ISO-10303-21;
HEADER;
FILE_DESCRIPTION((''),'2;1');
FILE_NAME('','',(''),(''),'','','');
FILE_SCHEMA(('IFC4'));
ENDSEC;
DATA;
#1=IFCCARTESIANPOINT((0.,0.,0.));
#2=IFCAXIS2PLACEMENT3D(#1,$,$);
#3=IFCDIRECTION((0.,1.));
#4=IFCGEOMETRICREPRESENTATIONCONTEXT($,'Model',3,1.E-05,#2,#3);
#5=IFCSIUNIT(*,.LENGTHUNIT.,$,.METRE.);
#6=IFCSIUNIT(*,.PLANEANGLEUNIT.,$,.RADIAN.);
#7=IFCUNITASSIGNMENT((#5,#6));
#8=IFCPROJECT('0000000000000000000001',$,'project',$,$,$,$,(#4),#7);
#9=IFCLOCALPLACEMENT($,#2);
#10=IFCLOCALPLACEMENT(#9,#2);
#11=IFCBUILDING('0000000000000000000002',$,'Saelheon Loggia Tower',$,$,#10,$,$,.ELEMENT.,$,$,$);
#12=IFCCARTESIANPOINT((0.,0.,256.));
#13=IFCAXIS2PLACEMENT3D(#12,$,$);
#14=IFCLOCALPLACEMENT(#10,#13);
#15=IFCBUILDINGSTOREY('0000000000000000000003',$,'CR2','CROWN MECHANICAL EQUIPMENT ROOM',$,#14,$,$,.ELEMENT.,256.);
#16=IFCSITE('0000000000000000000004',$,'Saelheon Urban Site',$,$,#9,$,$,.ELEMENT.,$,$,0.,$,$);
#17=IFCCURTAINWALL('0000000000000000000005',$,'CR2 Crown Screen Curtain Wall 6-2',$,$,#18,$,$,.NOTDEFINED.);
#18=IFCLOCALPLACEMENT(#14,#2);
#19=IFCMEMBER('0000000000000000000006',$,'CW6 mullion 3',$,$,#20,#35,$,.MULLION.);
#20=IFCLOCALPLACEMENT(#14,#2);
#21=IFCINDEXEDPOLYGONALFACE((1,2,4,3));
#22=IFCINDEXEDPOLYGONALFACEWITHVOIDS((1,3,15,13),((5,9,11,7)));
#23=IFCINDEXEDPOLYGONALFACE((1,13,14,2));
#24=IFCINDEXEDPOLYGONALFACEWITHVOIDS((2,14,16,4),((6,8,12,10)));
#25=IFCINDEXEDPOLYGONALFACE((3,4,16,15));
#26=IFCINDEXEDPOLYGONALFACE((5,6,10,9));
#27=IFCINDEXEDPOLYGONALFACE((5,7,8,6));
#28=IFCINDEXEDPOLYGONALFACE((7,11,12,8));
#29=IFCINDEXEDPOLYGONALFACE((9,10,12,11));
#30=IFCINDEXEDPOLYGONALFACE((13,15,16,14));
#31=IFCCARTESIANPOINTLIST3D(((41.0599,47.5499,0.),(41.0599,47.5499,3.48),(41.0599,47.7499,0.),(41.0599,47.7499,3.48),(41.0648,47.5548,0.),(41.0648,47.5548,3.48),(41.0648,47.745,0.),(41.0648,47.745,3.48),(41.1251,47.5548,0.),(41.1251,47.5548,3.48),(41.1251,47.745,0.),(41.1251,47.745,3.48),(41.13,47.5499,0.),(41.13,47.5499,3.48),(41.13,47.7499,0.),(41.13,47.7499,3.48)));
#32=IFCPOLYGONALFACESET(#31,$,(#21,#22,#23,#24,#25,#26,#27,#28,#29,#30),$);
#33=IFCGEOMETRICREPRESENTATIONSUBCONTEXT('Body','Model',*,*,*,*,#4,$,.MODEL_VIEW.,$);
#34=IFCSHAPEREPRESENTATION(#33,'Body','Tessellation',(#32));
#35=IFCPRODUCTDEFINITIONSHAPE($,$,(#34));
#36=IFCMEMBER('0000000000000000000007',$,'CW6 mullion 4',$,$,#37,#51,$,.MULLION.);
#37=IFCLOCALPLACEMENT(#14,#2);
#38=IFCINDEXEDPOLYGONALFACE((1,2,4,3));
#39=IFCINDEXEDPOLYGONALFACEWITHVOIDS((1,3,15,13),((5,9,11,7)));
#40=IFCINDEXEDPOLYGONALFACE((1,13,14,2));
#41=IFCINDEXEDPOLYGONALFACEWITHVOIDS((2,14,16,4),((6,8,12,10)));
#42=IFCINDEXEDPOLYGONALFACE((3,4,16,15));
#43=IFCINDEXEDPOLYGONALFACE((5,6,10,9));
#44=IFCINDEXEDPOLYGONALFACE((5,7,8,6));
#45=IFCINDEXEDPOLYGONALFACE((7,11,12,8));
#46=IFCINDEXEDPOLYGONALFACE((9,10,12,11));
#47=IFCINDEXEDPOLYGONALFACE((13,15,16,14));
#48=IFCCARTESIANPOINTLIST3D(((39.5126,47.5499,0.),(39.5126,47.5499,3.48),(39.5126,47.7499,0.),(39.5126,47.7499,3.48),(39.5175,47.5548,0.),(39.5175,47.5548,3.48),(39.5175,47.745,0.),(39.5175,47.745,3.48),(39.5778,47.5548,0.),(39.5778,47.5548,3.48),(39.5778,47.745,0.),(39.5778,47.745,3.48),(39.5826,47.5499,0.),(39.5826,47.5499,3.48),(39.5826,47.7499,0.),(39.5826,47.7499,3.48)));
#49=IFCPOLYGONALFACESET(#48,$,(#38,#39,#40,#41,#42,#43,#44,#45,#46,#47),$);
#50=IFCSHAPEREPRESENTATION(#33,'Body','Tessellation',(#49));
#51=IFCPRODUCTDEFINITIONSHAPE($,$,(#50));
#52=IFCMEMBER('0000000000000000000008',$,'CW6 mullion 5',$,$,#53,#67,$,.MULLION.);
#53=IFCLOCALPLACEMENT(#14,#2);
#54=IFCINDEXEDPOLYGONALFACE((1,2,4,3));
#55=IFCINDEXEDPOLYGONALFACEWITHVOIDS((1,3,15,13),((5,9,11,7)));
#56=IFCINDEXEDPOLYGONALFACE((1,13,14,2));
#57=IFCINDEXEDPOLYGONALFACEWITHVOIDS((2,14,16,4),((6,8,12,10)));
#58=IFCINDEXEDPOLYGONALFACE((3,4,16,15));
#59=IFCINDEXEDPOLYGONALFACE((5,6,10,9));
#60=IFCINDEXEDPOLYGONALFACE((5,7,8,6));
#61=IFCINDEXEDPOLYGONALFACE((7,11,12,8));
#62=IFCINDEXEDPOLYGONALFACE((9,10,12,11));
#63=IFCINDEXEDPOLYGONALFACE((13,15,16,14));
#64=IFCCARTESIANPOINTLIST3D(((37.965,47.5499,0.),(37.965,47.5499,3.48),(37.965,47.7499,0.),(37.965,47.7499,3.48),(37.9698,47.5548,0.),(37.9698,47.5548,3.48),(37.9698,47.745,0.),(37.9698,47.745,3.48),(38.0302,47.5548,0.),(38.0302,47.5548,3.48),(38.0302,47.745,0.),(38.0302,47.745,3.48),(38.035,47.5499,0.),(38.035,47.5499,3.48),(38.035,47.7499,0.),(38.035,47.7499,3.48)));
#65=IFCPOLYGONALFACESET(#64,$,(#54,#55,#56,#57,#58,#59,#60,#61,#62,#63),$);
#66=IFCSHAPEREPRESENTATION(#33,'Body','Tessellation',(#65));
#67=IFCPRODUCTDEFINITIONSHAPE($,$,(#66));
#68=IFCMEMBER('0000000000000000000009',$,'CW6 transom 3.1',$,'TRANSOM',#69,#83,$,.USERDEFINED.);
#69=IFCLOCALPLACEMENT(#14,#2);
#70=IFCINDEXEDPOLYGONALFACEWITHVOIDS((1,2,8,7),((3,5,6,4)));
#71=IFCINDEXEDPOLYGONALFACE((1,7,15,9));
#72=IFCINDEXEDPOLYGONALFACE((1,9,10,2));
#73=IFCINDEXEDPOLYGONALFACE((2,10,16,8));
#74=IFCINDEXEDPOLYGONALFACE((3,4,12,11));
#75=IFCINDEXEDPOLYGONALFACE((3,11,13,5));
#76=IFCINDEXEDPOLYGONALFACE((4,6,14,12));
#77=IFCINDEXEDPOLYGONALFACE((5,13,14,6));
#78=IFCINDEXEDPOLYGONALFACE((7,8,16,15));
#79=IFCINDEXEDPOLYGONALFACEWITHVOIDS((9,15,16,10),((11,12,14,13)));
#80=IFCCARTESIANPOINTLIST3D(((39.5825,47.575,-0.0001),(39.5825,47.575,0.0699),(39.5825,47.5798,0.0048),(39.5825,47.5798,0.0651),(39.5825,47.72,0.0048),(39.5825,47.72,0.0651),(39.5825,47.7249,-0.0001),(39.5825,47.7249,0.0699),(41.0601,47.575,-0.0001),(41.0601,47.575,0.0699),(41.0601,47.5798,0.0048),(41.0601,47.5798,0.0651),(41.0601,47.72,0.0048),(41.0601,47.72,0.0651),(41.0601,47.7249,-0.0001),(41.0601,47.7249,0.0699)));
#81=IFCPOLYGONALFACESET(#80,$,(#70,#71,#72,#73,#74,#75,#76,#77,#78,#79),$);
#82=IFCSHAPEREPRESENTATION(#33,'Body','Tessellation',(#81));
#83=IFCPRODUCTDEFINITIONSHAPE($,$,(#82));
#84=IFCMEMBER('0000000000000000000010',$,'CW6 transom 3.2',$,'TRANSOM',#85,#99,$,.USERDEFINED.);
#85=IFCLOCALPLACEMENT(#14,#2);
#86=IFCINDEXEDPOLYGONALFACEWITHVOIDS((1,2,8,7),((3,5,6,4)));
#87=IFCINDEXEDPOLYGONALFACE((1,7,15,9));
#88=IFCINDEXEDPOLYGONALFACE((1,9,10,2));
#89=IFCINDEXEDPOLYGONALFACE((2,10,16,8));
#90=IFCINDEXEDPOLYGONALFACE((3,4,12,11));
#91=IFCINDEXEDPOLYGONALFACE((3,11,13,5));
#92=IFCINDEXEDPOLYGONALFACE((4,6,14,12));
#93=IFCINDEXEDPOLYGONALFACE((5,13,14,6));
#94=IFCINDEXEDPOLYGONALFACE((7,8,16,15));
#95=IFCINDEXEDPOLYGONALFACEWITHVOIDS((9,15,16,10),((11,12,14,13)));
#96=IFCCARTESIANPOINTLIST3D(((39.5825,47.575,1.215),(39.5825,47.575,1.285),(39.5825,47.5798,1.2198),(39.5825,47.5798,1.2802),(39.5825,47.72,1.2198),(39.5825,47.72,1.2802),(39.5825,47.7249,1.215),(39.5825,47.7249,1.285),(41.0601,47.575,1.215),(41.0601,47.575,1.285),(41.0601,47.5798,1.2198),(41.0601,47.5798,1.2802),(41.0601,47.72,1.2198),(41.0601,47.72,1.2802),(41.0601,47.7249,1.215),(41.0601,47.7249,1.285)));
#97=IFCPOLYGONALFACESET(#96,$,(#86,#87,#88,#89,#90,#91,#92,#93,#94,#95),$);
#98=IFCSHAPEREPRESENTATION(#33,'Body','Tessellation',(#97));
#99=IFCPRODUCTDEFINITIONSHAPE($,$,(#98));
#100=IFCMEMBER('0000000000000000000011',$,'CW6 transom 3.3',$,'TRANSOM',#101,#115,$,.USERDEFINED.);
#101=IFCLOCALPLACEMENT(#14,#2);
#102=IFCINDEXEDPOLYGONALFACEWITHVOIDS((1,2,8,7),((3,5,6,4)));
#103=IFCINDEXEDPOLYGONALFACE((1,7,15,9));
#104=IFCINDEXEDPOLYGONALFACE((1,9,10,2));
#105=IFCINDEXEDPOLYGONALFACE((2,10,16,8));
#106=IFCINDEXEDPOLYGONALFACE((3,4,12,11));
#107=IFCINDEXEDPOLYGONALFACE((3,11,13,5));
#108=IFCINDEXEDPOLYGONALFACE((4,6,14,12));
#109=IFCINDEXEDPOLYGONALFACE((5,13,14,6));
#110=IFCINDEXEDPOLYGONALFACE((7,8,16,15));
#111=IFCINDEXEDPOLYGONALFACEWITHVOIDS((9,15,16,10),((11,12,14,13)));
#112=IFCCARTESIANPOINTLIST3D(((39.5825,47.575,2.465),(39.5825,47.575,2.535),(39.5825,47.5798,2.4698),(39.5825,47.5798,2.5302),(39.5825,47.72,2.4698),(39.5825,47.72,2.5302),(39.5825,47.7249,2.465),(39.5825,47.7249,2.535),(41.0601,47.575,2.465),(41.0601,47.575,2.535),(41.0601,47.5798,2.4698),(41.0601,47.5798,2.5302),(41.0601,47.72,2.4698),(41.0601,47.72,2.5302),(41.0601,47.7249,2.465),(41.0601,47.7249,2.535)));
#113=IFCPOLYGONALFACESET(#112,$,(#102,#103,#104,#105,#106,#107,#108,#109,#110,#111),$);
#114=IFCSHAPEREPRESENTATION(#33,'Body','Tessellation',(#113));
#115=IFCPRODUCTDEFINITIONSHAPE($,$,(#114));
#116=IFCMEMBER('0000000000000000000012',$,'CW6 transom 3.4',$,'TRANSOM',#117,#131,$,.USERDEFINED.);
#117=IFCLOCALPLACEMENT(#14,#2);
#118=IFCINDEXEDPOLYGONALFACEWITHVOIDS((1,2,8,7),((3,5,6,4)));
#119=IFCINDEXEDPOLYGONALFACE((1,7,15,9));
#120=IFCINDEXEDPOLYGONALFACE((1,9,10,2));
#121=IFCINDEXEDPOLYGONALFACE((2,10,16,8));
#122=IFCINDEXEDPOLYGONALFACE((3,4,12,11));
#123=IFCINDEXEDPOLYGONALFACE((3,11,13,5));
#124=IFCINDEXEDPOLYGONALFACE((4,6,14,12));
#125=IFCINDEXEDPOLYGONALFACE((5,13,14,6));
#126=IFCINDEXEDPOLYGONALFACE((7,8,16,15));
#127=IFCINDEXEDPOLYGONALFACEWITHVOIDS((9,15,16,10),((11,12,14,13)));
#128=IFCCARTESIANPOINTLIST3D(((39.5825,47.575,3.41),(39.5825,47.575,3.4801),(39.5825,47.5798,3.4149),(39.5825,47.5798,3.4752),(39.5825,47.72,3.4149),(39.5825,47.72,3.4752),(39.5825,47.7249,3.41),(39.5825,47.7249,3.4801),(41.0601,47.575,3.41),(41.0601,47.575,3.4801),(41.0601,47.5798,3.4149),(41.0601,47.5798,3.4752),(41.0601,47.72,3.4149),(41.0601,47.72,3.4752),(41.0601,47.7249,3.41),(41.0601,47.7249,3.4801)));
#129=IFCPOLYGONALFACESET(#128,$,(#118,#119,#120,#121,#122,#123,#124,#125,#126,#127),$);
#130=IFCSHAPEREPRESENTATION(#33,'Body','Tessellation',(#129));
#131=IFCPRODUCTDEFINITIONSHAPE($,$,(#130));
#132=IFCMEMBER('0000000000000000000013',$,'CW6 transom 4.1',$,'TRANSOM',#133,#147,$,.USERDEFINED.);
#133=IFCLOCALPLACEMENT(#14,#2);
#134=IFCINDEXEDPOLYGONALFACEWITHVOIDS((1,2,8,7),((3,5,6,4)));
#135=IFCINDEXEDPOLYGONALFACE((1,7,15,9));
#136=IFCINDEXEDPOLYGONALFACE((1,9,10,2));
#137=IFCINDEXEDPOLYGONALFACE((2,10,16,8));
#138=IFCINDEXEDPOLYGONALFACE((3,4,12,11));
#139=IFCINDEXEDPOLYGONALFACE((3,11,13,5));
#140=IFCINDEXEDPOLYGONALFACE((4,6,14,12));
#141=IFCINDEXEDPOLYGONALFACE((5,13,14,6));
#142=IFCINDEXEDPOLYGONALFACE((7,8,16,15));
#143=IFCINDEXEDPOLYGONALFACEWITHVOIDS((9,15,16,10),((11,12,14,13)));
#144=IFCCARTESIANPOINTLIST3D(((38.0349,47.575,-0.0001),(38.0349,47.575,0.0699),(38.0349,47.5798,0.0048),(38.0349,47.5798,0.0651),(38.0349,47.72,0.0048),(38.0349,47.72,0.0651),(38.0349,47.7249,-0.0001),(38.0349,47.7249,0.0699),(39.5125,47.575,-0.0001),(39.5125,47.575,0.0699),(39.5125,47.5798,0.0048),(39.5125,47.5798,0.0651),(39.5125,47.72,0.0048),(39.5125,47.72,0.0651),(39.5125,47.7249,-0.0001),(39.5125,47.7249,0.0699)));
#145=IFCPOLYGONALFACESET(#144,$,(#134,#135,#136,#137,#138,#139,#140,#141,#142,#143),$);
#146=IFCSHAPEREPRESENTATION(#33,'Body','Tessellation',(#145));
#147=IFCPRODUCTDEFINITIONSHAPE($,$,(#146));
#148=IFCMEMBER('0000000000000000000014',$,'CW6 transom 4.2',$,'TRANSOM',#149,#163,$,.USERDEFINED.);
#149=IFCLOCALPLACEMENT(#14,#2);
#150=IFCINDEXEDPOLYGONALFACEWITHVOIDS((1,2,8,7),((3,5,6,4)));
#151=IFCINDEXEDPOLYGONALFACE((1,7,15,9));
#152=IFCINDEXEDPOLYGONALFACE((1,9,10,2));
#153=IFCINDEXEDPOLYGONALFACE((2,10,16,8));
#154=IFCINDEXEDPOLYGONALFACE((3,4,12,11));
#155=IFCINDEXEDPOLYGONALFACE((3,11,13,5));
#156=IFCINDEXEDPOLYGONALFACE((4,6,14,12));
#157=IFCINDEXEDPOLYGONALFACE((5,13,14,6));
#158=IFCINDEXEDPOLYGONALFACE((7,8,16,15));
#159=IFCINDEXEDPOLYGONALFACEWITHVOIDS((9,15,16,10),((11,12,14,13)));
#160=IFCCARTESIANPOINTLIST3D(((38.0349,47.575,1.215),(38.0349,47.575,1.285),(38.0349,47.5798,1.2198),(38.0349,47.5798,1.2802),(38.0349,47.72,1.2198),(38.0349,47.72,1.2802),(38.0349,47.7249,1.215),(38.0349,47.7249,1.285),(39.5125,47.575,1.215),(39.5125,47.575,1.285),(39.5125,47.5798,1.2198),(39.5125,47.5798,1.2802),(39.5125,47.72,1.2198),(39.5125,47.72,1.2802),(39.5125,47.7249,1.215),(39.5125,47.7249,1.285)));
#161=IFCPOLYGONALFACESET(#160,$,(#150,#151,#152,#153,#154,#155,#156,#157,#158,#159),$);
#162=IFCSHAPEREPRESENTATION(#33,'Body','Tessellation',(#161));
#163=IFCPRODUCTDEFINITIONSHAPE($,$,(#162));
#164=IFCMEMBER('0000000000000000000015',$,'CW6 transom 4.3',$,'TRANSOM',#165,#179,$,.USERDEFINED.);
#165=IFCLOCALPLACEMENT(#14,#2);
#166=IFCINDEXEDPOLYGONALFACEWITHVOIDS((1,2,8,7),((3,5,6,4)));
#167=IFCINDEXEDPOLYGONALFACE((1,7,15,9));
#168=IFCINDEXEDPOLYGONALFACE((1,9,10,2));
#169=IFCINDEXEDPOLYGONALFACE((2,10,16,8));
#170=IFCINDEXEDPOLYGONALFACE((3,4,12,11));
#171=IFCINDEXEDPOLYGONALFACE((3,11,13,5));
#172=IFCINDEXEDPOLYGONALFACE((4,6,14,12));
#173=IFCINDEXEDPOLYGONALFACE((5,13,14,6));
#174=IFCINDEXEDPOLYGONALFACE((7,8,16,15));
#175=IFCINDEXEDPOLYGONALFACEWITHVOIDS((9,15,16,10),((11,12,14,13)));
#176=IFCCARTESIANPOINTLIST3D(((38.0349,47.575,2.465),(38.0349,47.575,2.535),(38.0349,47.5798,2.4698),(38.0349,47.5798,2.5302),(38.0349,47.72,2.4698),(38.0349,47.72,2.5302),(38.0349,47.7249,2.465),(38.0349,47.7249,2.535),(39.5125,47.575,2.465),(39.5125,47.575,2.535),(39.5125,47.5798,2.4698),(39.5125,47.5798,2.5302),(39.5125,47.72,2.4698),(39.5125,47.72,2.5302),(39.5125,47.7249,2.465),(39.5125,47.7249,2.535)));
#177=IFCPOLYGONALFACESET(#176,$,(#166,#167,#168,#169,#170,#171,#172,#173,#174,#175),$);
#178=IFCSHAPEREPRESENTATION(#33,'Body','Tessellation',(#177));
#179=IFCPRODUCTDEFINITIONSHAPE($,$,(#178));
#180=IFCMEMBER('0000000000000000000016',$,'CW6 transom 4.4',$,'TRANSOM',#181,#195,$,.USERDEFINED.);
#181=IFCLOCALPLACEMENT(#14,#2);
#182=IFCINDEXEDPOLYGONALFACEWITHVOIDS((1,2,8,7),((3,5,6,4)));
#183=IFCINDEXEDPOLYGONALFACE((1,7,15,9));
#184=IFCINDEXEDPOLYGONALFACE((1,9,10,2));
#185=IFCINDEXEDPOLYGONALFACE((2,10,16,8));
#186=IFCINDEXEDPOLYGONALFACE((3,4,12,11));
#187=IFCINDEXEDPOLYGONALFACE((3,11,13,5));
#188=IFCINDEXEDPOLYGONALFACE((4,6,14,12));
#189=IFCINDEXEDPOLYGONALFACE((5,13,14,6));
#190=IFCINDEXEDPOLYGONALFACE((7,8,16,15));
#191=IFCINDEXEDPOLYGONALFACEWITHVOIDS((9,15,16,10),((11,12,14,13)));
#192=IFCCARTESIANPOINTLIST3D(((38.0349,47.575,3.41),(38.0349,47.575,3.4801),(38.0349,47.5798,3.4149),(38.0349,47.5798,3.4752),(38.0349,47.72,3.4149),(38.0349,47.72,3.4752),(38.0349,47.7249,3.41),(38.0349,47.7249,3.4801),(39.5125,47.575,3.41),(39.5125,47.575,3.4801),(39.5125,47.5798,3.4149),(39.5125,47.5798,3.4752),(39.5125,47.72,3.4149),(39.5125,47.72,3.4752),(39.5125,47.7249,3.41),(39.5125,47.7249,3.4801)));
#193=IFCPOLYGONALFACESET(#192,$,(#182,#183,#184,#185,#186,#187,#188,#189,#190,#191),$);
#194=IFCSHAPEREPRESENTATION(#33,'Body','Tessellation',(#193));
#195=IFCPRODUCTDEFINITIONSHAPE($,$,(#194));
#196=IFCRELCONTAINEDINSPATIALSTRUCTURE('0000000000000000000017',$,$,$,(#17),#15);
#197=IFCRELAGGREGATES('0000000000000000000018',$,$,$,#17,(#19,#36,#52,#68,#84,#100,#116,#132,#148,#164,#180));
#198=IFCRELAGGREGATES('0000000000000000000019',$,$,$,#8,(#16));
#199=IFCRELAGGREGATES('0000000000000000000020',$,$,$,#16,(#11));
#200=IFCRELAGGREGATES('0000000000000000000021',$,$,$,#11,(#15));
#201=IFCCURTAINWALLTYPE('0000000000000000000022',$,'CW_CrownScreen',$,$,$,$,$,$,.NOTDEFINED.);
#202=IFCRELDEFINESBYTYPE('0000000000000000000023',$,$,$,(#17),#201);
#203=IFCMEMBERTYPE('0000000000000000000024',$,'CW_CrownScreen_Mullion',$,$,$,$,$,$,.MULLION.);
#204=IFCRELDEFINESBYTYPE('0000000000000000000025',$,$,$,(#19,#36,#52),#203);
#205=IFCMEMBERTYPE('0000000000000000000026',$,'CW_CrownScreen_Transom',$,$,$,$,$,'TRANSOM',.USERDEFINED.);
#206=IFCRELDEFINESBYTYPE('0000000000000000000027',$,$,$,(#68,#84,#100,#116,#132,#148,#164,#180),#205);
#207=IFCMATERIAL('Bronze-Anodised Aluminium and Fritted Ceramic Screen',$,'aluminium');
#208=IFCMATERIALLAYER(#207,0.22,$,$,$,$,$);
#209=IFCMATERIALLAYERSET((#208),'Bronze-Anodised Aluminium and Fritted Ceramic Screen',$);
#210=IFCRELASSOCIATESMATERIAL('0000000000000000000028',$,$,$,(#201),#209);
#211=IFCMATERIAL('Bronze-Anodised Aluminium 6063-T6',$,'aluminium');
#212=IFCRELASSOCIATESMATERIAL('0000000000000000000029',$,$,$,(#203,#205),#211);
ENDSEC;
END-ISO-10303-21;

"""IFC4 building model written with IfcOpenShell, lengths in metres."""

from ifc_helpers import new_model, si_unit, direction, frame, origin, origin_2d, place, context, subcontext, project, spatial, hollow_rectangle, extrude, source, transform, mapped, material, layer, layer_set, material_profile, profile_set, type_object, element, aggregate, save


model = new_model("IFC4")

# Units and contexts
model_context = context("Model", 3, precision=1e-05, world=origin(), true_north=direction((0.0, 1.0)))
body_context = subcontext(model_context, "Body", "Model", "MODEL_VIEW")
ifc_project = project(units=[si_unit("LENGTHUNIT", "METRE"), si_unit("PLANEANGLEUNIT", "RADIAN")], contexts=[model_context])

# Site, building, storey
site_placement = place(None, origin())
site = spatial("IfcSite", under=ifc_project, at=site_placement, Name="Saelheon Urban Site", CompositionType="ELEMENT", RefElevation=0.0)
building_placement = place(site_placement, origin())
building = spatial("IfcBuilding", under=site, at=building_placement, Name="Saelheon Loggia Tower", CompositionType="ELEMENT")
storey_placement = place(building_placement, frame((0.0, 0.0, 256.0)))
storey = spatial("IfcBuildingStorey", under=building, at=storey_placement, Name="CR2", Description="CROWN MECHANICAL EQUIPMENT ROOM", CompositionType="ELEMENT", Elevation=256.0)

# Curtain wall, members
ifc_material_1 = material(Name="Bronze-Anodised Aluminium and Fritted Ceramic Screen", Category="aluminium")
ifc_layer_1 = layer(ifc_material_1, 0.22)
ifc_layer_set_1 = layer_set([ifc_layer_1], Name="Bronze-Anodised Aluminium and Fritted Ceramic Screen")
curtain_wall_type = type_object("IfcCurtainWallType", Name="CW_CrownScreen", PredefinedType="NOTDEFINED", material=ifc_layer_set_1)
curtain_wall_placement = place(storey_placement, origin())
curtain_wall = element("IfcCurtainWall", 1, at=curtain_wall_placement, inside=storey, type_object=curtain_wall_type, Name="CR2 Crown Screen Curtain Wall 6-2", PredefinedType="NOTDEFINED")
ifc_material_2 = material(Name="Bronze-Anodised Aluminium 6063-T6", Category="aluminium")
ifc_material_profile_1 = material_profile(ifc_material_2, hollow_rectangle(XDim=0.0701, YDim=0.2, WallThickness=0.0049, at=origin_2d()), Name="RHS-200x70x5")
ifc_profile_set_1 = profile_set([ifc_material_profile_1], Name="Bronze-Anodised Aluminium 6063-T6")
member_type_1 = type_object("IfcMemberType", Name="CW_CrownScreen_Mullion", PredefinedType="MULLION", material=ifc_profile_set_1)
shared_shape_1 = source(origin(), body_context, "Body", "SweptSolid", [
    extrude(hollow_rectangle(XDim=0.0701, YDim=0.2, WallThickness=0.0049, at=origin_2d()), origin(), (0.0, 0.0, 1.0), 3.48),
])
member_1_placement = place(storey_placement, frame((41.095, 47.6499, 0.0), z_axis=(0.0, 0.0, 1.0), x_axis=(-1.0, 0.0, 0.0)))
member_1 = element("IfcMember", 2, at=member_1_placement, type_object=member_type_1, Name="CW6 mullion 3", PredefinedType="MULLION", context=body_context, shape_type="MappedRepresentation", body=[
    mapped(shared_shape_1, transform((0.0, 0.0, 0.0), scale=1.0)),
])
member_2_placement = place(storey_placement, frame((39.5476, 47.6499, 0.0), z_axis=(0.0, 0.0, 1.0), x_axis=(-1.0, 0.0, 0.0)))
member_2 = element("IfcMember", 3, at=member_2_placement, type_object=member_type_1, Name="CW6 mullion 4", PredefinedType="MULLION", context=body_context, shape_type="MappedRepresentation", body=[
    mapped(shared_shape_1, transform((0.0, 0.0, 0.0), scale=1.0)),
])
member_3_placement = place(storey_placement, frame((38.0, 47.6499, 0.0), z_axis=(0.0, 0.0, 1.0), x_axis=(-1.0, 0.0, 0.0)))
member_3 = element("IfcMember", 4, at=member_3_placement, type_object=member_type_1, Name="CW6 mullion 5", PredefinedType="MULLION", context=body_context, shape_type="MappedRepresentation", body=[
    mapped(shared_shape_1, transform((0.0, 0.0, 0.0), scale=1.0)),
])
ifc_material_profile_2 = material_profile(ifc_material_2, hollow_rectangle(XDim=0.0701, YDim=0.1499, WallThickness=0.0049, at=origin_2d()), Name="RHS-150x70x5")
ifc_profile_set_2 = profile_set([ifc_material_profile_2], Name="Bronze-Anodised Aluminium 6063-T6")
member_type_2 = type_object("IfcMemberType", Name="CW_CrownScreen_Transom", ElementType="TRANSOM", PredefinedType="USERDEFINED", material=ifc_profile_set_2)
shared_shape_2 = source(origin(), body_context, "Body", "SweptSolid", [
    extrude(hollow_rectangle(XDim=0.0701, YDim=0.1499, WallThickness=0.0049, at=origin_2d()), origin(), (0.0, 0.0, 1.0), 1.4775),
])
member_4_placement = place(storey_placement, frame((41.0601, 47.6499, 0.0349), z_axis=(-1.0, 0.0, 0.0), x_axis=(0.0, 0.0, 1.0)))
member_4 = element("IfcMember", 5, at=member_4_placement, type_object=member_type_2, Name="CW6 transom 3.1", ObjectType="TRANSOM", PredefinedType="USERDEFINED", context=body_context, shape_type="MappedRepresentation", body=[
    mapped(shared_shape_2, transform((0.0, 0.0, 0.0), scale=1.0)),
])
member_5_placement = place(storey_placement, frame((41.0601, 47.6499, 1.25), z_axis=(-1.0, 0.0, 0.0), x_axis=(0.0, 0.0, 1.0)))
member_5 = element("IfcMember", 6, at=member_5_placement, type_object=member_type_2, Name="CW6 transom 3.2", ObjectType="TRANSOM", PredefinedType="USERDEFINED", context=body_context, shape_type="MappedRepresentation", body=[
    mapped(shared_shape_2, transform((0.0, 0.0, 0.0), scale=1.0)),
])
member_6_placement = place(storey_placement, frame((41.0601, 47.6499, 2.5), z_axis=(-1.0, 0.0, 0.0), x_axis=(0.0, 0.0, 1.0)))
member_6 = element("IfcMember", 7, at=member_6_placement, type_object=member_type_2, Name="CW6 transom 3.3", ObjectType="TRANSOM", PredefinedType="USERDEFINED", context=body_context, shape_type="MappedRepresentation", body=[
    mapped(shared_shape_2, transform((0.0, 0.0, 0.0), scale=1.0)),
])
member_7_placement = place(storey_placement, frame((41.0601, 47.6499, 3.4451), z_axis=(-1.0, 0.0, 0.0), x_axis=(0.0, 0.0, 1.0)))
member_7 = element("IfcMember", 8, at=member_7_placement, type_object=member_type_2, Name="CW6 transom 3.4", ObjectType="TRANSOM", PredefinedType="USERDEFINED", context=body_context, shape_type="MappedRepresentation", body=[
    mapped(shared_shape_2, transform((0.0, 0.0, 0.0), scale=1.0)),
])
member_8_placement = place(storey_placement, frame((39.5125, 47.6499, 0.0349), z_axis=(-1.0, 0.0, 0.0), x_axis=(0.0, 0.0, 1.0)))
member_8 = element("IfcMember", 9, at=member_8_placement, type_object=member_type_2, Name="CW6 transom 4.1", ObjectType="TRANSOM", PredefinedType="USERDEFINED", context=body_context, shape_type="MappedRepresentation", body=[
    mapped(shared_shape_2, transform((0.0, 0.0, 0.0), scale=1.0)),
])
member_9_placement = place(storey_placement, frame((39.5125, 47.6499, 1.25), z_axis=(-1.0, 0.0, 0.0), x_axis=(0.0, 0.0, 1.0)))
member_9 = element("IfcMember", 10, at=member_9_placement, type_object=member_type_2, Name="CW6 transom 4.2", ObjectType="TRANSOM", PredefinedType="USERDEFINED", context=body_context, shape_type="MappedRepresentation", body=[
    mapped(shared_shape_2, transform((0.0, 0.0, 0.0), scale=1.0)),
])
member_10_placement = place(storey_placement, frame((39.5125, 47.6499, 2.5), z_axis=(-1.0, 0.0, 0.0), x_axis=(0.0, 0.0, 1.0)))
member_10 = element("IfcMember", 11, at=member_10_placement, type_object=member_type_2, Name="CW6 transom 4.3", ObjectType="TRANSOM", PredefinedType="USERDEFINED", context=body_context, shape_type="MappedRepresentation", body=[
    mapped(shared_shape_2, transform((0.0, 0.0, 0.0), scale=1.0)),
])
member_11_placement = place(storey_placement, frame((39.5125, 47.6499, 3.4451), z_axis=(-1.0, 0.0, 0.0), x_axis=(0.0, 0.0, 1.0)))
member_11 = element("IfcMember", 12, at=member_11_placement, type_object=member_type_2, Name="CW6 transom 4.4", ObjectType="TRANSOM", PredefinedType="USERDEFINED", context=body_context, shape_type="MappedRepresentation", body=[
    mapped(shared_shape_2, transform((0.0, 0.0, 0.0), scale=1.0)),
])
aggregate(curtain_wall, [member_1, member_2, member_3, member_4, member_5, member_6, member_7, member_8, member_9, member_10, member_11])

save(model, "model.ifc")
